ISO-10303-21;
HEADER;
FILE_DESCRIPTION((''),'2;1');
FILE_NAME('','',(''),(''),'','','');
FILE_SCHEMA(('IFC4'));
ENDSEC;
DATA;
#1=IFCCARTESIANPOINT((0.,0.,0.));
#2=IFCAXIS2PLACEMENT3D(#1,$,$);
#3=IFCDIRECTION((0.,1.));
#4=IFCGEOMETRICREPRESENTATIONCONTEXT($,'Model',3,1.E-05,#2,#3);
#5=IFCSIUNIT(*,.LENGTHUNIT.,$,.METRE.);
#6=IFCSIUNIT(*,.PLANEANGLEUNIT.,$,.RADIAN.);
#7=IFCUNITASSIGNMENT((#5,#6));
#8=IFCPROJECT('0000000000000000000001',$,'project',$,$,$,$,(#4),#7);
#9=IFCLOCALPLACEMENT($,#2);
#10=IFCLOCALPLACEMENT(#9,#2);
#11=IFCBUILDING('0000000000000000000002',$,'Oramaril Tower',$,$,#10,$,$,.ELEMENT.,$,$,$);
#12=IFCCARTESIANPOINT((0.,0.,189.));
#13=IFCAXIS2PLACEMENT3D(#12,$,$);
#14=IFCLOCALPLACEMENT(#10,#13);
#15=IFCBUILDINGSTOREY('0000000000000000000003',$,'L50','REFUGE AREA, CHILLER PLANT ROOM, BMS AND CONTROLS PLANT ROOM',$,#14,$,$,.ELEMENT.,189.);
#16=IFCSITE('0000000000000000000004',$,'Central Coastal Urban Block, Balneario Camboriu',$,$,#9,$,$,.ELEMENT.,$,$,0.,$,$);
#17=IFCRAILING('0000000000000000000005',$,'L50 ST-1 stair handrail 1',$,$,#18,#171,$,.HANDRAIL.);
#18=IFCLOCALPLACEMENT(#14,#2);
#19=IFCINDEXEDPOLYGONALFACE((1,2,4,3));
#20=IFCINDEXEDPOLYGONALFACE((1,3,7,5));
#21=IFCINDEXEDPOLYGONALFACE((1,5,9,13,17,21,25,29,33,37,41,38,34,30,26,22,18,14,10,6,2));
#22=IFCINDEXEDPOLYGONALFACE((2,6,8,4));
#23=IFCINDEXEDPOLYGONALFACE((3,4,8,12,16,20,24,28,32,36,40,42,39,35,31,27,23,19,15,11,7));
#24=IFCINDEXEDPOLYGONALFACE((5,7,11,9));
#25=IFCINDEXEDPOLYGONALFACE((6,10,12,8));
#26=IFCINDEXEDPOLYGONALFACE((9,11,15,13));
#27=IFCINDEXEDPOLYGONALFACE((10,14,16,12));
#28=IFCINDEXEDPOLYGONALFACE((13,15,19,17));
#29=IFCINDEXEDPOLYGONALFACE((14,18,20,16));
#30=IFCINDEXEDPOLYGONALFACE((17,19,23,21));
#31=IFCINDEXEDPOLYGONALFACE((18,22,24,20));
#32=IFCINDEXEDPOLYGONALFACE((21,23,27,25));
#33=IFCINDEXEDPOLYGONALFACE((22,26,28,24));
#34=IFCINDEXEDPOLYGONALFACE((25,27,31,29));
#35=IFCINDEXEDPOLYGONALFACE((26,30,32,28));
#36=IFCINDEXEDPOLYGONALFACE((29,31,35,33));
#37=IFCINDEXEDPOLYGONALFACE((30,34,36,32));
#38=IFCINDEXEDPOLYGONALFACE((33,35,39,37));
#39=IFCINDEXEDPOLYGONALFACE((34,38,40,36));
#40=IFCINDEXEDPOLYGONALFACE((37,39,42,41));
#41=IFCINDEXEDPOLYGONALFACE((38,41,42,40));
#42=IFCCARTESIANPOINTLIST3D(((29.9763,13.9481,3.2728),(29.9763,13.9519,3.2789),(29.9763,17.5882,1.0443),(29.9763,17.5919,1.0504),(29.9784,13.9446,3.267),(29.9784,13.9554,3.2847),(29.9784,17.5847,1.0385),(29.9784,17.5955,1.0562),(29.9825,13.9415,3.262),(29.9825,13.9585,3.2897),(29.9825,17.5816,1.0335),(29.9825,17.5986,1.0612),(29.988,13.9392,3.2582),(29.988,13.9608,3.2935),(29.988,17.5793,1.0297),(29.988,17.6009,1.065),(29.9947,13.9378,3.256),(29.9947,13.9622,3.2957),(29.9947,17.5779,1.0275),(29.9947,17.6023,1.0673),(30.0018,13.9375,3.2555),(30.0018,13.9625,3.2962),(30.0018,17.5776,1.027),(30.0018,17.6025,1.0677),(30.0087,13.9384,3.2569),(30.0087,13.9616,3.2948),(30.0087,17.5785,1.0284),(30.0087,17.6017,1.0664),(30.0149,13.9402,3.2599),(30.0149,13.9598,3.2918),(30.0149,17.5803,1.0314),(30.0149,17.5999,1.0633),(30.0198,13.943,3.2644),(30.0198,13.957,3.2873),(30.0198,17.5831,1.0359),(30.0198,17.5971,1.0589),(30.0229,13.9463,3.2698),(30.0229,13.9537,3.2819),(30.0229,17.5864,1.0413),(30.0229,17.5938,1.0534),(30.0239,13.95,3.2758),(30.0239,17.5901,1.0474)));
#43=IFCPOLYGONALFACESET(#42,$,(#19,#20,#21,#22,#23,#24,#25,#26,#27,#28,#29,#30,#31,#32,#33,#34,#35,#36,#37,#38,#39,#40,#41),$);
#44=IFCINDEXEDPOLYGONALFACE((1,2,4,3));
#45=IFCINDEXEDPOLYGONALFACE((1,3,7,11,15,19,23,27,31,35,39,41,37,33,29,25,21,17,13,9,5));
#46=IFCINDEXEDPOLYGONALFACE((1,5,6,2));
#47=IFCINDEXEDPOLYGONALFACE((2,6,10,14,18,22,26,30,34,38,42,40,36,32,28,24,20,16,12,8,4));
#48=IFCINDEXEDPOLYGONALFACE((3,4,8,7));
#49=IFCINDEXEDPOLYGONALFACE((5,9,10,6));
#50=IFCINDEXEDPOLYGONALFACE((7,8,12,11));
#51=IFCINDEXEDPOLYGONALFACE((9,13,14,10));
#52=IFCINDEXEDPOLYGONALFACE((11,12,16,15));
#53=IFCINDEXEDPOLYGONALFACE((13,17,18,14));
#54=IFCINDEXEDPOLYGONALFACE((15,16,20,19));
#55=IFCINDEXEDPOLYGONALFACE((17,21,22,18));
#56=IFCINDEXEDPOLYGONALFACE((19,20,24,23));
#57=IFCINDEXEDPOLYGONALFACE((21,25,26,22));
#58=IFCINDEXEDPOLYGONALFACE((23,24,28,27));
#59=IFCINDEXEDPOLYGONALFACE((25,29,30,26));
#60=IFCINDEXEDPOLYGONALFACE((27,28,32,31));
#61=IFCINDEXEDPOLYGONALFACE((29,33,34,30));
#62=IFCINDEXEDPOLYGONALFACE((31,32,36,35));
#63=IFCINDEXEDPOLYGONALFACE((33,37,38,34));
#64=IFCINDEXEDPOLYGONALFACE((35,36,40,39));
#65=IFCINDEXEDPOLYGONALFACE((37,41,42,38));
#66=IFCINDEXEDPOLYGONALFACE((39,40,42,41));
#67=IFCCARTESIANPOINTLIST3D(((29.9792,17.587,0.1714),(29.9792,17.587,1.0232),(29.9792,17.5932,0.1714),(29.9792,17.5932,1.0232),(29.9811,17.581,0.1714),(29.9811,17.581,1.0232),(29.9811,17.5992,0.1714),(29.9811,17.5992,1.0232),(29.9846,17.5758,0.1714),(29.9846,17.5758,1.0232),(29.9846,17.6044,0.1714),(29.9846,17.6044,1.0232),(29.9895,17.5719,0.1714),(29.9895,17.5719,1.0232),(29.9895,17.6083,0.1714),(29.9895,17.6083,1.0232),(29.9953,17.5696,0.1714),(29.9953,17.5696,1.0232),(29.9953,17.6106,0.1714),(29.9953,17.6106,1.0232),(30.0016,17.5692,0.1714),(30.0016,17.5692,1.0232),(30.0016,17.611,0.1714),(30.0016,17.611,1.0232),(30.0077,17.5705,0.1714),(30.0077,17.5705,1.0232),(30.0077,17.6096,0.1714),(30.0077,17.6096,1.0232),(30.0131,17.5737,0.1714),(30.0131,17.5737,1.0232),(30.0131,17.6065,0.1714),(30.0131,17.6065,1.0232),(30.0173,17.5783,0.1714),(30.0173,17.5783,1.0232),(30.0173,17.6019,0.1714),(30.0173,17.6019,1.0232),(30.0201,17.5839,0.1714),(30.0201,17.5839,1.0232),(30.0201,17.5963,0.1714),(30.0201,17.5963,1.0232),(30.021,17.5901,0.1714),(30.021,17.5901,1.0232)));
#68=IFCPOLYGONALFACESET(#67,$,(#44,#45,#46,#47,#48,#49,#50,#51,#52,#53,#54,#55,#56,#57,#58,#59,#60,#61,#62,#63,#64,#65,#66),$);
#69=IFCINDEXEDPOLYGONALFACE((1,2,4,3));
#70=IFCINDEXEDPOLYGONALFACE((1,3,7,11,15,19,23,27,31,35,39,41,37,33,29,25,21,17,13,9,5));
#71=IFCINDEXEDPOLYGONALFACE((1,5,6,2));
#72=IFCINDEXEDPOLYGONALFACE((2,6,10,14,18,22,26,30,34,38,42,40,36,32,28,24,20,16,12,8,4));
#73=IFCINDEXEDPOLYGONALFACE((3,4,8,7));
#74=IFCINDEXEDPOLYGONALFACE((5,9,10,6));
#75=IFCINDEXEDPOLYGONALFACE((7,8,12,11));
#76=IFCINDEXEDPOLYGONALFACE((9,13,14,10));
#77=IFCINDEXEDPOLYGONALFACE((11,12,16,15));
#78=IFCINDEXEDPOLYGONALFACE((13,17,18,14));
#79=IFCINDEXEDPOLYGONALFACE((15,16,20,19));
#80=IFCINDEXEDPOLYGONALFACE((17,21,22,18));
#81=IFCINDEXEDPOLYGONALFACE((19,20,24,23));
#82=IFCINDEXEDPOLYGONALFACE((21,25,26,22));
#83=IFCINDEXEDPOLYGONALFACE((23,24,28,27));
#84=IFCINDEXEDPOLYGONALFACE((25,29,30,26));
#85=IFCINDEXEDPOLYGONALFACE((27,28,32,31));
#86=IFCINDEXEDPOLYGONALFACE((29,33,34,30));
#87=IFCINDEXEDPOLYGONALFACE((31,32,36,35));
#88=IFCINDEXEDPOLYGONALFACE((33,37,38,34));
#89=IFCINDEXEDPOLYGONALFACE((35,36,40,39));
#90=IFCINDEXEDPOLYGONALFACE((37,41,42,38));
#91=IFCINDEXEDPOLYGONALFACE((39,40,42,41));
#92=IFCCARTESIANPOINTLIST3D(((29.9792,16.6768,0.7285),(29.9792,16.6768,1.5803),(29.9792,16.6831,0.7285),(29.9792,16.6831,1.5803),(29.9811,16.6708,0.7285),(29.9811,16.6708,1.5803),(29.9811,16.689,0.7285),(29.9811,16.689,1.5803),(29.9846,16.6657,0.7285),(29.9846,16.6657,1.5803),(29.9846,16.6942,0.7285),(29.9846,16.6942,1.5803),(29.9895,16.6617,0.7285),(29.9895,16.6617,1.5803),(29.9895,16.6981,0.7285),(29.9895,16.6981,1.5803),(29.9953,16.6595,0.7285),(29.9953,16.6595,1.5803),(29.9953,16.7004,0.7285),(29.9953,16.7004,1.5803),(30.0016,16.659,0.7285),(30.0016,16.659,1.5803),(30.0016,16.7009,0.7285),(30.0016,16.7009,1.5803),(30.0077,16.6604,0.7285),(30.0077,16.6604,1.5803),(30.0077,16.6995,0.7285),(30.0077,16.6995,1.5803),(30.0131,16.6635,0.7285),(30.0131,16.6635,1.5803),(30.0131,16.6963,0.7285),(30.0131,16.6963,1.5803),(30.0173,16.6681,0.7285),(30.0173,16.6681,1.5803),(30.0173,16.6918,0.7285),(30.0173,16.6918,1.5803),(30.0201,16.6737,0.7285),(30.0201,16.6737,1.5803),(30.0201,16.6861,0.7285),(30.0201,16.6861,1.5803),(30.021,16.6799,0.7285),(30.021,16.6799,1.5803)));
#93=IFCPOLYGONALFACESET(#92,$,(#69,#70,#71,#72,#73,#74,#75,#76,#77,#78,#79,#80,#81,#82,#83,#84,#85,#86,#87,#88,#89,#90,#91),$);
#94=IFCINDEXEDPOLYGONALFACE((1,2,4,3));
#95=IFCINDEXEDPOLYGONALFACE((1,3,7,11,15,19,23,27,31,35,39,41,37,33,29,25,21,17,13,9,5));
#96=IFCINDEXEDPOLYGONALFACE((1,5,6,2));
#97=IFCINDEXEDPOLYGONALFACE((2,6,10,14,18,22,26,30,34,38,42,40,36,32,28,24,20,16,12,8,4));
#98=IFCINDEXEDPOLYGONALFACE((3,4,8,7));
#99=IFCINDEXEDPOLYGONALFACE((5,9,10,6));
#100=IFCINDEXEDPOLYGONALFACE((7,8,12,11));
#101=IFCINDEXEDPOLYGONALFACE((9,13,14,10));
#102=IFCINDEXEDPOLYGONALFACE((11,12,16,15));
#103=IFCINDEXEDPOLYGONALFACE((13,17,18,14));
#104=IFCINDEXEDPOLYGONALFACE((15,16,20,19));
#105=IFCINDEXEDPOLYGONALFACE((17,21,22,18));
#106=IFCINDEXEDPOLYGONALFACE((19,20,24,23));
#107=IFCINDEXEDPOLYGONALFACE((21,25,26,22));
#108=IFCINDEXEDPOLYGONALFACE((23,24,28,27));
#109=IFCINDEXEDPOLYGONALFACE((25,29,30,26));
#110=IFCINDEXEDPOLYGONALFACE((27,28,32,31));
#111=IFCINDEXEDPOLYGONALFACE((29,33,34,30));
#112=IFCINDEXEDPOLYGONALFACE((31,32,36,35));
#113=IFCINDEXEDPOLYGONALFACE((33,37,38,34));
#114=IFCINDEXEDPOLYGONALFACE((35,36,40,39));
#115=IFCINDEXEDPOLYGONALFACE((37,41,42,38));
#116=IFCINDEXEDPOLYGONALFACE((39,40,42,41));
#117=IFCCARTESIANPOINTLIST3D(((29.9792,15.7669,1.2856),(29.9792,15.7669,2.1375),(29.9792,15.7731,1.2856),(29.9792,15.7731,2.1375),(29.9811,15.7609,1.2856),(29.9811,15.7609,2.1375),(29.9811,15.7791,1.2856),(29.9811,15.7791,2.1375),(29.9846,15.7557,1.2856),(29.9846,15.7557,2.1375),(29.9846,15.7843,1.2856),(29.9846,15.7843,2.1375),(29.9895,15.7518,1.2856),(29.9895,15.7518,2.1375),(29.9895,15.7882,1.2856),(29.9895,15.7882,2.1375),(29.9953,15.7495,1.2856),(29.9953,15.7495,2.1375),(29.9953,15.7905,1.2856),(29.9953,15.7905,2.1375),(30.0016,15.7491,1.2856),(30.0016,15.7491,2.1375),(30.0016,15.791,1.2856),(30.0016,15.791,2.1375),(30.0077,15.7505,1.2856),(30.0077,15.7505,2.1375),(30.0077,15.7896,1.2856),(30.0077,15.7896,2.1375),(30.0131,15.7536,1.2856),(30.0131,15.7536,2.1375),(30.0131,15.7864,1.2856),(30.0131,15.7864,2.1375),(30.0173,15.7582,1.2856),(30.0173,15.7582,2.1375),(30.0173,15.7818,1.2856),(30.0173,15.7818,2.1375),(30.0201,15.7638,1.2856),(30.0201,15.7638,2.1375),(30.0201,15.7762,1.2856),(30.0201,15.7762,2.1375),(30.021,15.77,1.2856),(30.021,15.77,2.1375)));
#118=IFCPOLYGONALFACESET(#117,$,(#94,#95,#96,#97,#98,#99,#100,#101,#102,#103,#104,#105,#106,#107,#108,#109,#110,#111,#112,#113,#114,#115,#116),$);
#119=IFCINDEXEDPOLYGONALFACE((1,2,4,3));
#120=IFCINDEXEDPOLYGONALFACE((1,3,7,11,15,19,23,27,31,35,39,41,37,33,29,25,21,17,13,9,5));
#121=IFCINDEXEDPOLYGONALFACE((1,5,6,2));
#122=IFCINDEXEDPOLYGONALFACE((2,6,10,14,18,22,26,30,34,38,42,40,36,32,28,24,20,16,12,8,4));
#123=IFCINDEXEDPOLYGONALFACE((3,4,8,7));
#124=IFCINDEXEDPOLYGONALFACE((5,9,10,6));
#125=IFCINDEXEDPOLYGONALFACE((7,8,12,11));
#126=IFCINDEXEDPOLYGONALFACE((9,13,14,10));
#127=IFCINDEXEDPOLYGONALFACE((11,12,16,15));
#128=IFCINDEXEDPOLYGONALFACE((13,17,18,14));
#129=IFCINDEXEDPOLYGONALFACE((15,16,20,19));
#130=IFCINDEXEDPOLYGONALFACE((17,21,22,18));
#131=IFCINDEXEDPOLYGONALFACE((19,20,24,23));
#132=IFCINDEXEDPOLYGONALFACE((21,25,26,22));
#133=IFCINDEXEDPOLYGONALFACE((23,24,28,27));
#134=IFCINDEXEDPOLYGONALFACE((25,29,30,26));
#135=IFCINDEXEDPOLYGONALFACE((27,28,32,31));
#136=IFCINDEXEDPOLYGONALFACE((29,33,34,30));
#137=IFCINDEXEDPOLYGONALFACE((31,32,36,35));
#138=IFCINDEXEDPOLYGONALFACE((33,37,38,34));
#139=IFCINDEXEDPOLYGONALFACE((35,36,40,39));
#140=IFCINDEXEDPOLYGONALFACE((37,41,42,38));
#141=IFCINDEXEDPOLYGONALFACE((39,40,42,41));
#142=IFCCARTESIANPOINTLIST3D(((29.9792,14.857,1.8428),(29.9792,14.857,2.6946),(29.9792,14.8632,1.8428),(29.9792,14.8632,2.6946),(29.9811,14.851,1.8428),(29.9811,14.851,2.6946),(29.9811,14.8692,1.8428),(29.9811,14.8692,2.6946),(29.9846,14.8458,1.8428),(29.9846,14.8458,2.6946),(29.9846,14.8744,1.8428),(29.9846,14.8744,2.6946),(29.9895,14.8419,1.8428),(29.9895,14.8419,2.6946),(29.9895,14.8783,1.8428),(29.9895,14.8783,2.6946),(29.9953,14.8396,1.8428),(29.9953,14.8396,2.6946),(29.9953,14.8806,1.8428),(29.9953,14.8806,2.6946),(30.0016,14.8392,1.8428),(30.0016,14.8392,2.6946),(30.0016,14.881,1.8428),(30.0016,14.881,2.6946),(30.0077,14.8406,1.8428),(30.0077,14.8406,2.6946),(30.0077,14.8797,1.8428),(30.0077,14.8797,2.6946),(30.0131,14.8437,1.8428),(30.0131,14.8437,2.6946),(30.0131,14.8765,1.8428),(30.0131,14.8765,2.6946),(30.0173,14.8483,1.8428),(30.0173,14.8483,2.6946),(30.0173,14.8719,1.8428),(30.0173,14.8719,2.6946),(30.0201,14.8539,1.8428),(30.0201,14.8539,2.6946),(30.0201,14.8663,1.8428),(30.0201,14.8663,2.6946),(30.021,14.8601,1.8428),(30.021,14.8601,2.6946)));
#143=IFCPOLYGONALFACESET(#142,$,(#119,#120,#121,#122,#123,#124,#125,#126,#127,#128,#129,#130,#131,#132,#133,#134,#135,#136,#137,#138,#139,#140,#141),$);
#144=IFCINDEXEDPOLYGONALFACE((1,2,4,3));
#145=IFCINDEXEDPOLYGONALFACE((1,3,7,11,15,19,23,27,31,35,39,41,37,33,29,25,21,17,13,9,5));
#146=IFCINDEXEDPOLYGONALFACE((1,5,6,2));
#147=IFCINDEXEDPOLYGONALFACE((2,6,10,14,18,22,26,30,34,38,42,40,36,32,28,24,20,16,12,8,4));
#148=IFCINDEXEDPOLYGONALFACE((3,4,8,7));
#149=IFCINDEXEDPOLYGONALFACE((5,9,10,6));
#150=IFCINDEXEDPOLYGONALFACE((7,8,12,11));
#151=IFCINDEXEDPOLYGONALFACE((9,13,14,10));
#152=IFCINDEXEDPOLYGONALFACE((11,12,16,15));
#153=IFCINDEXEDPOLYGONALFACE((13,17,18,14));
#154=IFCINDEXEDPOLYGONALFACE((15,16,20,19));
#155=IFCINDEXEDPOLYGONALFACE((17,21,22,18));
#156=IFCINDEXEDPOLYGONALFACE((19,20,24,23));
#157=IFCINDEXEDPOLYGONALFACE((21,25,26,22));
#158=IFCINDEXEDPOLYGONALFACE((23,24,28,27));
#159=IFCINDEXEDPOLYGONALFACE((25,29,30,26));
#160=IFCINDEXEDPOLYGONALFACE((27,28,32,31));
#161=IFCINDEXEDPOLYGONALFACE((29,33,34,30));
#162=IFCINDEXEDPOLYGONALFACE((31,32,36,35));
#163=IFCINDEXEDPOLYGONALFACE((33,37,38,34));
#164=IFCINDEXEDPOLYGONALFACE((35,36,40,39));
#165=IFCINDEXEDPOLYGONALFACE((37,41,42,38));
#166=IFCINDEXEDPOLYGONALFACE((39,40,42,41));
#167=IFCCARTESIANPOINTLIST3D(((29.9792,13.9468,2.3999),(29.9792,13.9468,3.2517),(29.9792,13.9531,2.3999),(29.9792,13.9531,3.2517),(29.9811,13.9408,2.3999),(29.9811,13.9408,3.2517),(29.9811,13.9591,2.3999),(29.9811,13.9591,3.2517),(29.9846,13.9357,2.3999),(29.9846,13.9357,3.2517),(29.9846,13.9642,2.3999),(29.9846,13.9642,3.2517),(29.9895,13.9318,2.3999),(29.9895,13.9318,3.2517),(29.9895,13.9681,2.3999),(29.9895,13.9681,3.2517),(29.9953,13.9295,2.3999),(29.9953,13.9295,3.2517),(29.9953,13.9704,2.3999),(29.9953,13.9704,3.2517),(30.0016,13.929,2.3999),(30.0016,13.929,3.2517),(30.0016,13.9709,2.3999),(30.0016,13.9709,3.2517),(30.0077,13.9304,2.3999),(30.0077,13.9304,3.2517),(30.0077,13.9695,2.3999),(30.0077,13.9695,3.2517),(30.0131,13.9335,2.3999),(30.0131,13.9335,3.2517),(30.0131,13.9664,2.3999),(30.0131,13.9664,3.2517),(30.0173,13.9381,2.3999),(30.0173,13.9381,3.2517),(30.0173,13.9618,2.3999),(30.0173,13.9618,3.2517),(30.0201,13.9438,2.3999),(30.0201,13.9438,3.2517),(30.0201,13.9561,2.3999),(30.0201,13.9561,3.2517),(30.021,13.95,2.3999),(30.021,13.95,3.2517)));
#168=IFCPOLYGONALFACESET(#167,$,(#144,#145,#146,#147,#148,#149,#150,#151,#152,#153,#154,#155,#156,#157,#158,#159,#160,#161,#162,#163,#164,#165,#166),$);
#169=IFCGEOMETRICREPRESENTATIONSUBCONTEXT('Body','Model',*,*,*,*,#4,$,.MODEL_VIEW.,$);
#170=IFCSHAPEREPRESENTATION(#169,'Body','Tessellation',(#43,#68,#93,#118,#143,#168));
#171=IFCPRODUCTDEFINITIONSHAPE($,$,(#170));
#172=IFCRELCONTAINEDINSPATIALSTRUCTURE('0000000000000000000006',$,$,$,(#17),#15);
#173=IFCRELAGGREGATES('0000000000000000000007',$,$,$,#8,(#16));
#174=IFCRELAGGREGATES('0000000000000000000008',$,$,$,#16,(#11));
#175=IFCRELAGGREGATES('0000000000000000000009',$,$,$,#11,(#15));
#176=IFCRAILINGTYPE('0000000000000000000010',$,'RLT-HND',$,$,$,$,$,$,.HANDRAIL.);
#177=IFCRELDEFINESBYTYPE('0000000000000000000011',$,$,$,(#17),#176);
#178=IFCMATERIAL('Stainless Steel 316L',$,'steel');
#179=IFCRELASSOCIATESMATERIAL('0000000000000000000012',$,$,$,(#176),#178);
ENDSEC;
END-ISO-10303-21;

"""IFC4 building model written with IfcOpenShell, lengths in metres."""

from ifc_helpers import new_model, si_unit, direction, frame, origin, origin_2d, place, context, subcontext, project, spatial, circle, extrude, material, type_object, element, save


model = new_model("IFC4")

# Units and contexts
model_context = context("Model", 3, precision=1e-05, world=origin(), true_north=direction((0.0, 1.0)))
body_context = subcontext(model_context, "Body", "Model", "MODEL_VIEW")
ifc_project = project(units=[si_unit("LENGTHUNIT", "METRE"), si_unit("PLANEANGLEUNIT", "RADIAN")], contexts=[model_context])

# Site, building, storey
site_placement = place(None, origin())
site = spatial("IfcSite", under=ifc_project, at=site_placement, Name="Central Coastal Urban Block, Balneario Camboriu", CompositionType="ELEMENT", RefElevation=0.0)
building_placement = place(site_placement, origin())
building = spatial("IfcBuilding", under=site, at=building_placement, Name="Oramaril Tower", CompositionType="ELEMENT")
storey_placement = place(building_placement, frame((0.0, 0.0, 189.0)))
storey = spatial("IfcBuildingStorey", under=building, at=storey_placement, Name="L50", Description="REFUGE AREA, CHILLER PLANT ROOM, BMS AND CONTROLS PLANT ROOM", CompositionType="ELEMENT", Elevation=189.0)

# Railing
ifc_material_1 = material(Name="Stainless Steel 316L", Category="steel")
railing_type_1 = type_object("IfcRailingType", Name="RLT-HND", PredefinedType="HANDRAIL", material=ifc_material_1)
railing_1_placement = place(storey_placement, frame((30.0, 17.5901, 0.1714)))
element("IfcRailing", 1, at=railing_1_placement, inside=storey, type_object=railing_type_1, Name="L50 ST-1 stair handrail 1", PredefinedType="HANDRAIL", context=body_context, shape_type="SweptSolid", body=[
    extrude(circle(Radius=0.0239, at=origin_2d()), frame((0.0, 0.0, 0.876), z_axis=(0.0, -0.852866, 0.52213), x_axis=(1.0, 0.0, 0.0)), (0.0, 0.0, 1.0), 4.2681),
    extrude(circle(Radius=0.021, at=origin_2d()), origin(), (0.0, 0.0, 1.0), 0.8518),
    extrude(circle(Radius=0.021, at=origin_2d()), frame((0.0, -0.9102, 0.5571)), (0.0, 0.0, 1.0), 0.8518),
    extrude(circle(Radius=0.021, at=origin_2d()), frame((0.0, -1.8201, 1.1143)), (0.0, 0.0, 1.0), 0.8518),
    extrude(circle(Radius=0.021, at=origin_2d()), frame((0.0, -2.73, 1.6714)), (0.0, 0.0, 1.0), 0.8518),
    extrude(circle(Radius=0.021, at=origin_2d()), frame((0.0, -3.6401, 2.2285)), (0.0, 0.0, 1.0), 0.8518),
])

save(model, "model.ifc")
